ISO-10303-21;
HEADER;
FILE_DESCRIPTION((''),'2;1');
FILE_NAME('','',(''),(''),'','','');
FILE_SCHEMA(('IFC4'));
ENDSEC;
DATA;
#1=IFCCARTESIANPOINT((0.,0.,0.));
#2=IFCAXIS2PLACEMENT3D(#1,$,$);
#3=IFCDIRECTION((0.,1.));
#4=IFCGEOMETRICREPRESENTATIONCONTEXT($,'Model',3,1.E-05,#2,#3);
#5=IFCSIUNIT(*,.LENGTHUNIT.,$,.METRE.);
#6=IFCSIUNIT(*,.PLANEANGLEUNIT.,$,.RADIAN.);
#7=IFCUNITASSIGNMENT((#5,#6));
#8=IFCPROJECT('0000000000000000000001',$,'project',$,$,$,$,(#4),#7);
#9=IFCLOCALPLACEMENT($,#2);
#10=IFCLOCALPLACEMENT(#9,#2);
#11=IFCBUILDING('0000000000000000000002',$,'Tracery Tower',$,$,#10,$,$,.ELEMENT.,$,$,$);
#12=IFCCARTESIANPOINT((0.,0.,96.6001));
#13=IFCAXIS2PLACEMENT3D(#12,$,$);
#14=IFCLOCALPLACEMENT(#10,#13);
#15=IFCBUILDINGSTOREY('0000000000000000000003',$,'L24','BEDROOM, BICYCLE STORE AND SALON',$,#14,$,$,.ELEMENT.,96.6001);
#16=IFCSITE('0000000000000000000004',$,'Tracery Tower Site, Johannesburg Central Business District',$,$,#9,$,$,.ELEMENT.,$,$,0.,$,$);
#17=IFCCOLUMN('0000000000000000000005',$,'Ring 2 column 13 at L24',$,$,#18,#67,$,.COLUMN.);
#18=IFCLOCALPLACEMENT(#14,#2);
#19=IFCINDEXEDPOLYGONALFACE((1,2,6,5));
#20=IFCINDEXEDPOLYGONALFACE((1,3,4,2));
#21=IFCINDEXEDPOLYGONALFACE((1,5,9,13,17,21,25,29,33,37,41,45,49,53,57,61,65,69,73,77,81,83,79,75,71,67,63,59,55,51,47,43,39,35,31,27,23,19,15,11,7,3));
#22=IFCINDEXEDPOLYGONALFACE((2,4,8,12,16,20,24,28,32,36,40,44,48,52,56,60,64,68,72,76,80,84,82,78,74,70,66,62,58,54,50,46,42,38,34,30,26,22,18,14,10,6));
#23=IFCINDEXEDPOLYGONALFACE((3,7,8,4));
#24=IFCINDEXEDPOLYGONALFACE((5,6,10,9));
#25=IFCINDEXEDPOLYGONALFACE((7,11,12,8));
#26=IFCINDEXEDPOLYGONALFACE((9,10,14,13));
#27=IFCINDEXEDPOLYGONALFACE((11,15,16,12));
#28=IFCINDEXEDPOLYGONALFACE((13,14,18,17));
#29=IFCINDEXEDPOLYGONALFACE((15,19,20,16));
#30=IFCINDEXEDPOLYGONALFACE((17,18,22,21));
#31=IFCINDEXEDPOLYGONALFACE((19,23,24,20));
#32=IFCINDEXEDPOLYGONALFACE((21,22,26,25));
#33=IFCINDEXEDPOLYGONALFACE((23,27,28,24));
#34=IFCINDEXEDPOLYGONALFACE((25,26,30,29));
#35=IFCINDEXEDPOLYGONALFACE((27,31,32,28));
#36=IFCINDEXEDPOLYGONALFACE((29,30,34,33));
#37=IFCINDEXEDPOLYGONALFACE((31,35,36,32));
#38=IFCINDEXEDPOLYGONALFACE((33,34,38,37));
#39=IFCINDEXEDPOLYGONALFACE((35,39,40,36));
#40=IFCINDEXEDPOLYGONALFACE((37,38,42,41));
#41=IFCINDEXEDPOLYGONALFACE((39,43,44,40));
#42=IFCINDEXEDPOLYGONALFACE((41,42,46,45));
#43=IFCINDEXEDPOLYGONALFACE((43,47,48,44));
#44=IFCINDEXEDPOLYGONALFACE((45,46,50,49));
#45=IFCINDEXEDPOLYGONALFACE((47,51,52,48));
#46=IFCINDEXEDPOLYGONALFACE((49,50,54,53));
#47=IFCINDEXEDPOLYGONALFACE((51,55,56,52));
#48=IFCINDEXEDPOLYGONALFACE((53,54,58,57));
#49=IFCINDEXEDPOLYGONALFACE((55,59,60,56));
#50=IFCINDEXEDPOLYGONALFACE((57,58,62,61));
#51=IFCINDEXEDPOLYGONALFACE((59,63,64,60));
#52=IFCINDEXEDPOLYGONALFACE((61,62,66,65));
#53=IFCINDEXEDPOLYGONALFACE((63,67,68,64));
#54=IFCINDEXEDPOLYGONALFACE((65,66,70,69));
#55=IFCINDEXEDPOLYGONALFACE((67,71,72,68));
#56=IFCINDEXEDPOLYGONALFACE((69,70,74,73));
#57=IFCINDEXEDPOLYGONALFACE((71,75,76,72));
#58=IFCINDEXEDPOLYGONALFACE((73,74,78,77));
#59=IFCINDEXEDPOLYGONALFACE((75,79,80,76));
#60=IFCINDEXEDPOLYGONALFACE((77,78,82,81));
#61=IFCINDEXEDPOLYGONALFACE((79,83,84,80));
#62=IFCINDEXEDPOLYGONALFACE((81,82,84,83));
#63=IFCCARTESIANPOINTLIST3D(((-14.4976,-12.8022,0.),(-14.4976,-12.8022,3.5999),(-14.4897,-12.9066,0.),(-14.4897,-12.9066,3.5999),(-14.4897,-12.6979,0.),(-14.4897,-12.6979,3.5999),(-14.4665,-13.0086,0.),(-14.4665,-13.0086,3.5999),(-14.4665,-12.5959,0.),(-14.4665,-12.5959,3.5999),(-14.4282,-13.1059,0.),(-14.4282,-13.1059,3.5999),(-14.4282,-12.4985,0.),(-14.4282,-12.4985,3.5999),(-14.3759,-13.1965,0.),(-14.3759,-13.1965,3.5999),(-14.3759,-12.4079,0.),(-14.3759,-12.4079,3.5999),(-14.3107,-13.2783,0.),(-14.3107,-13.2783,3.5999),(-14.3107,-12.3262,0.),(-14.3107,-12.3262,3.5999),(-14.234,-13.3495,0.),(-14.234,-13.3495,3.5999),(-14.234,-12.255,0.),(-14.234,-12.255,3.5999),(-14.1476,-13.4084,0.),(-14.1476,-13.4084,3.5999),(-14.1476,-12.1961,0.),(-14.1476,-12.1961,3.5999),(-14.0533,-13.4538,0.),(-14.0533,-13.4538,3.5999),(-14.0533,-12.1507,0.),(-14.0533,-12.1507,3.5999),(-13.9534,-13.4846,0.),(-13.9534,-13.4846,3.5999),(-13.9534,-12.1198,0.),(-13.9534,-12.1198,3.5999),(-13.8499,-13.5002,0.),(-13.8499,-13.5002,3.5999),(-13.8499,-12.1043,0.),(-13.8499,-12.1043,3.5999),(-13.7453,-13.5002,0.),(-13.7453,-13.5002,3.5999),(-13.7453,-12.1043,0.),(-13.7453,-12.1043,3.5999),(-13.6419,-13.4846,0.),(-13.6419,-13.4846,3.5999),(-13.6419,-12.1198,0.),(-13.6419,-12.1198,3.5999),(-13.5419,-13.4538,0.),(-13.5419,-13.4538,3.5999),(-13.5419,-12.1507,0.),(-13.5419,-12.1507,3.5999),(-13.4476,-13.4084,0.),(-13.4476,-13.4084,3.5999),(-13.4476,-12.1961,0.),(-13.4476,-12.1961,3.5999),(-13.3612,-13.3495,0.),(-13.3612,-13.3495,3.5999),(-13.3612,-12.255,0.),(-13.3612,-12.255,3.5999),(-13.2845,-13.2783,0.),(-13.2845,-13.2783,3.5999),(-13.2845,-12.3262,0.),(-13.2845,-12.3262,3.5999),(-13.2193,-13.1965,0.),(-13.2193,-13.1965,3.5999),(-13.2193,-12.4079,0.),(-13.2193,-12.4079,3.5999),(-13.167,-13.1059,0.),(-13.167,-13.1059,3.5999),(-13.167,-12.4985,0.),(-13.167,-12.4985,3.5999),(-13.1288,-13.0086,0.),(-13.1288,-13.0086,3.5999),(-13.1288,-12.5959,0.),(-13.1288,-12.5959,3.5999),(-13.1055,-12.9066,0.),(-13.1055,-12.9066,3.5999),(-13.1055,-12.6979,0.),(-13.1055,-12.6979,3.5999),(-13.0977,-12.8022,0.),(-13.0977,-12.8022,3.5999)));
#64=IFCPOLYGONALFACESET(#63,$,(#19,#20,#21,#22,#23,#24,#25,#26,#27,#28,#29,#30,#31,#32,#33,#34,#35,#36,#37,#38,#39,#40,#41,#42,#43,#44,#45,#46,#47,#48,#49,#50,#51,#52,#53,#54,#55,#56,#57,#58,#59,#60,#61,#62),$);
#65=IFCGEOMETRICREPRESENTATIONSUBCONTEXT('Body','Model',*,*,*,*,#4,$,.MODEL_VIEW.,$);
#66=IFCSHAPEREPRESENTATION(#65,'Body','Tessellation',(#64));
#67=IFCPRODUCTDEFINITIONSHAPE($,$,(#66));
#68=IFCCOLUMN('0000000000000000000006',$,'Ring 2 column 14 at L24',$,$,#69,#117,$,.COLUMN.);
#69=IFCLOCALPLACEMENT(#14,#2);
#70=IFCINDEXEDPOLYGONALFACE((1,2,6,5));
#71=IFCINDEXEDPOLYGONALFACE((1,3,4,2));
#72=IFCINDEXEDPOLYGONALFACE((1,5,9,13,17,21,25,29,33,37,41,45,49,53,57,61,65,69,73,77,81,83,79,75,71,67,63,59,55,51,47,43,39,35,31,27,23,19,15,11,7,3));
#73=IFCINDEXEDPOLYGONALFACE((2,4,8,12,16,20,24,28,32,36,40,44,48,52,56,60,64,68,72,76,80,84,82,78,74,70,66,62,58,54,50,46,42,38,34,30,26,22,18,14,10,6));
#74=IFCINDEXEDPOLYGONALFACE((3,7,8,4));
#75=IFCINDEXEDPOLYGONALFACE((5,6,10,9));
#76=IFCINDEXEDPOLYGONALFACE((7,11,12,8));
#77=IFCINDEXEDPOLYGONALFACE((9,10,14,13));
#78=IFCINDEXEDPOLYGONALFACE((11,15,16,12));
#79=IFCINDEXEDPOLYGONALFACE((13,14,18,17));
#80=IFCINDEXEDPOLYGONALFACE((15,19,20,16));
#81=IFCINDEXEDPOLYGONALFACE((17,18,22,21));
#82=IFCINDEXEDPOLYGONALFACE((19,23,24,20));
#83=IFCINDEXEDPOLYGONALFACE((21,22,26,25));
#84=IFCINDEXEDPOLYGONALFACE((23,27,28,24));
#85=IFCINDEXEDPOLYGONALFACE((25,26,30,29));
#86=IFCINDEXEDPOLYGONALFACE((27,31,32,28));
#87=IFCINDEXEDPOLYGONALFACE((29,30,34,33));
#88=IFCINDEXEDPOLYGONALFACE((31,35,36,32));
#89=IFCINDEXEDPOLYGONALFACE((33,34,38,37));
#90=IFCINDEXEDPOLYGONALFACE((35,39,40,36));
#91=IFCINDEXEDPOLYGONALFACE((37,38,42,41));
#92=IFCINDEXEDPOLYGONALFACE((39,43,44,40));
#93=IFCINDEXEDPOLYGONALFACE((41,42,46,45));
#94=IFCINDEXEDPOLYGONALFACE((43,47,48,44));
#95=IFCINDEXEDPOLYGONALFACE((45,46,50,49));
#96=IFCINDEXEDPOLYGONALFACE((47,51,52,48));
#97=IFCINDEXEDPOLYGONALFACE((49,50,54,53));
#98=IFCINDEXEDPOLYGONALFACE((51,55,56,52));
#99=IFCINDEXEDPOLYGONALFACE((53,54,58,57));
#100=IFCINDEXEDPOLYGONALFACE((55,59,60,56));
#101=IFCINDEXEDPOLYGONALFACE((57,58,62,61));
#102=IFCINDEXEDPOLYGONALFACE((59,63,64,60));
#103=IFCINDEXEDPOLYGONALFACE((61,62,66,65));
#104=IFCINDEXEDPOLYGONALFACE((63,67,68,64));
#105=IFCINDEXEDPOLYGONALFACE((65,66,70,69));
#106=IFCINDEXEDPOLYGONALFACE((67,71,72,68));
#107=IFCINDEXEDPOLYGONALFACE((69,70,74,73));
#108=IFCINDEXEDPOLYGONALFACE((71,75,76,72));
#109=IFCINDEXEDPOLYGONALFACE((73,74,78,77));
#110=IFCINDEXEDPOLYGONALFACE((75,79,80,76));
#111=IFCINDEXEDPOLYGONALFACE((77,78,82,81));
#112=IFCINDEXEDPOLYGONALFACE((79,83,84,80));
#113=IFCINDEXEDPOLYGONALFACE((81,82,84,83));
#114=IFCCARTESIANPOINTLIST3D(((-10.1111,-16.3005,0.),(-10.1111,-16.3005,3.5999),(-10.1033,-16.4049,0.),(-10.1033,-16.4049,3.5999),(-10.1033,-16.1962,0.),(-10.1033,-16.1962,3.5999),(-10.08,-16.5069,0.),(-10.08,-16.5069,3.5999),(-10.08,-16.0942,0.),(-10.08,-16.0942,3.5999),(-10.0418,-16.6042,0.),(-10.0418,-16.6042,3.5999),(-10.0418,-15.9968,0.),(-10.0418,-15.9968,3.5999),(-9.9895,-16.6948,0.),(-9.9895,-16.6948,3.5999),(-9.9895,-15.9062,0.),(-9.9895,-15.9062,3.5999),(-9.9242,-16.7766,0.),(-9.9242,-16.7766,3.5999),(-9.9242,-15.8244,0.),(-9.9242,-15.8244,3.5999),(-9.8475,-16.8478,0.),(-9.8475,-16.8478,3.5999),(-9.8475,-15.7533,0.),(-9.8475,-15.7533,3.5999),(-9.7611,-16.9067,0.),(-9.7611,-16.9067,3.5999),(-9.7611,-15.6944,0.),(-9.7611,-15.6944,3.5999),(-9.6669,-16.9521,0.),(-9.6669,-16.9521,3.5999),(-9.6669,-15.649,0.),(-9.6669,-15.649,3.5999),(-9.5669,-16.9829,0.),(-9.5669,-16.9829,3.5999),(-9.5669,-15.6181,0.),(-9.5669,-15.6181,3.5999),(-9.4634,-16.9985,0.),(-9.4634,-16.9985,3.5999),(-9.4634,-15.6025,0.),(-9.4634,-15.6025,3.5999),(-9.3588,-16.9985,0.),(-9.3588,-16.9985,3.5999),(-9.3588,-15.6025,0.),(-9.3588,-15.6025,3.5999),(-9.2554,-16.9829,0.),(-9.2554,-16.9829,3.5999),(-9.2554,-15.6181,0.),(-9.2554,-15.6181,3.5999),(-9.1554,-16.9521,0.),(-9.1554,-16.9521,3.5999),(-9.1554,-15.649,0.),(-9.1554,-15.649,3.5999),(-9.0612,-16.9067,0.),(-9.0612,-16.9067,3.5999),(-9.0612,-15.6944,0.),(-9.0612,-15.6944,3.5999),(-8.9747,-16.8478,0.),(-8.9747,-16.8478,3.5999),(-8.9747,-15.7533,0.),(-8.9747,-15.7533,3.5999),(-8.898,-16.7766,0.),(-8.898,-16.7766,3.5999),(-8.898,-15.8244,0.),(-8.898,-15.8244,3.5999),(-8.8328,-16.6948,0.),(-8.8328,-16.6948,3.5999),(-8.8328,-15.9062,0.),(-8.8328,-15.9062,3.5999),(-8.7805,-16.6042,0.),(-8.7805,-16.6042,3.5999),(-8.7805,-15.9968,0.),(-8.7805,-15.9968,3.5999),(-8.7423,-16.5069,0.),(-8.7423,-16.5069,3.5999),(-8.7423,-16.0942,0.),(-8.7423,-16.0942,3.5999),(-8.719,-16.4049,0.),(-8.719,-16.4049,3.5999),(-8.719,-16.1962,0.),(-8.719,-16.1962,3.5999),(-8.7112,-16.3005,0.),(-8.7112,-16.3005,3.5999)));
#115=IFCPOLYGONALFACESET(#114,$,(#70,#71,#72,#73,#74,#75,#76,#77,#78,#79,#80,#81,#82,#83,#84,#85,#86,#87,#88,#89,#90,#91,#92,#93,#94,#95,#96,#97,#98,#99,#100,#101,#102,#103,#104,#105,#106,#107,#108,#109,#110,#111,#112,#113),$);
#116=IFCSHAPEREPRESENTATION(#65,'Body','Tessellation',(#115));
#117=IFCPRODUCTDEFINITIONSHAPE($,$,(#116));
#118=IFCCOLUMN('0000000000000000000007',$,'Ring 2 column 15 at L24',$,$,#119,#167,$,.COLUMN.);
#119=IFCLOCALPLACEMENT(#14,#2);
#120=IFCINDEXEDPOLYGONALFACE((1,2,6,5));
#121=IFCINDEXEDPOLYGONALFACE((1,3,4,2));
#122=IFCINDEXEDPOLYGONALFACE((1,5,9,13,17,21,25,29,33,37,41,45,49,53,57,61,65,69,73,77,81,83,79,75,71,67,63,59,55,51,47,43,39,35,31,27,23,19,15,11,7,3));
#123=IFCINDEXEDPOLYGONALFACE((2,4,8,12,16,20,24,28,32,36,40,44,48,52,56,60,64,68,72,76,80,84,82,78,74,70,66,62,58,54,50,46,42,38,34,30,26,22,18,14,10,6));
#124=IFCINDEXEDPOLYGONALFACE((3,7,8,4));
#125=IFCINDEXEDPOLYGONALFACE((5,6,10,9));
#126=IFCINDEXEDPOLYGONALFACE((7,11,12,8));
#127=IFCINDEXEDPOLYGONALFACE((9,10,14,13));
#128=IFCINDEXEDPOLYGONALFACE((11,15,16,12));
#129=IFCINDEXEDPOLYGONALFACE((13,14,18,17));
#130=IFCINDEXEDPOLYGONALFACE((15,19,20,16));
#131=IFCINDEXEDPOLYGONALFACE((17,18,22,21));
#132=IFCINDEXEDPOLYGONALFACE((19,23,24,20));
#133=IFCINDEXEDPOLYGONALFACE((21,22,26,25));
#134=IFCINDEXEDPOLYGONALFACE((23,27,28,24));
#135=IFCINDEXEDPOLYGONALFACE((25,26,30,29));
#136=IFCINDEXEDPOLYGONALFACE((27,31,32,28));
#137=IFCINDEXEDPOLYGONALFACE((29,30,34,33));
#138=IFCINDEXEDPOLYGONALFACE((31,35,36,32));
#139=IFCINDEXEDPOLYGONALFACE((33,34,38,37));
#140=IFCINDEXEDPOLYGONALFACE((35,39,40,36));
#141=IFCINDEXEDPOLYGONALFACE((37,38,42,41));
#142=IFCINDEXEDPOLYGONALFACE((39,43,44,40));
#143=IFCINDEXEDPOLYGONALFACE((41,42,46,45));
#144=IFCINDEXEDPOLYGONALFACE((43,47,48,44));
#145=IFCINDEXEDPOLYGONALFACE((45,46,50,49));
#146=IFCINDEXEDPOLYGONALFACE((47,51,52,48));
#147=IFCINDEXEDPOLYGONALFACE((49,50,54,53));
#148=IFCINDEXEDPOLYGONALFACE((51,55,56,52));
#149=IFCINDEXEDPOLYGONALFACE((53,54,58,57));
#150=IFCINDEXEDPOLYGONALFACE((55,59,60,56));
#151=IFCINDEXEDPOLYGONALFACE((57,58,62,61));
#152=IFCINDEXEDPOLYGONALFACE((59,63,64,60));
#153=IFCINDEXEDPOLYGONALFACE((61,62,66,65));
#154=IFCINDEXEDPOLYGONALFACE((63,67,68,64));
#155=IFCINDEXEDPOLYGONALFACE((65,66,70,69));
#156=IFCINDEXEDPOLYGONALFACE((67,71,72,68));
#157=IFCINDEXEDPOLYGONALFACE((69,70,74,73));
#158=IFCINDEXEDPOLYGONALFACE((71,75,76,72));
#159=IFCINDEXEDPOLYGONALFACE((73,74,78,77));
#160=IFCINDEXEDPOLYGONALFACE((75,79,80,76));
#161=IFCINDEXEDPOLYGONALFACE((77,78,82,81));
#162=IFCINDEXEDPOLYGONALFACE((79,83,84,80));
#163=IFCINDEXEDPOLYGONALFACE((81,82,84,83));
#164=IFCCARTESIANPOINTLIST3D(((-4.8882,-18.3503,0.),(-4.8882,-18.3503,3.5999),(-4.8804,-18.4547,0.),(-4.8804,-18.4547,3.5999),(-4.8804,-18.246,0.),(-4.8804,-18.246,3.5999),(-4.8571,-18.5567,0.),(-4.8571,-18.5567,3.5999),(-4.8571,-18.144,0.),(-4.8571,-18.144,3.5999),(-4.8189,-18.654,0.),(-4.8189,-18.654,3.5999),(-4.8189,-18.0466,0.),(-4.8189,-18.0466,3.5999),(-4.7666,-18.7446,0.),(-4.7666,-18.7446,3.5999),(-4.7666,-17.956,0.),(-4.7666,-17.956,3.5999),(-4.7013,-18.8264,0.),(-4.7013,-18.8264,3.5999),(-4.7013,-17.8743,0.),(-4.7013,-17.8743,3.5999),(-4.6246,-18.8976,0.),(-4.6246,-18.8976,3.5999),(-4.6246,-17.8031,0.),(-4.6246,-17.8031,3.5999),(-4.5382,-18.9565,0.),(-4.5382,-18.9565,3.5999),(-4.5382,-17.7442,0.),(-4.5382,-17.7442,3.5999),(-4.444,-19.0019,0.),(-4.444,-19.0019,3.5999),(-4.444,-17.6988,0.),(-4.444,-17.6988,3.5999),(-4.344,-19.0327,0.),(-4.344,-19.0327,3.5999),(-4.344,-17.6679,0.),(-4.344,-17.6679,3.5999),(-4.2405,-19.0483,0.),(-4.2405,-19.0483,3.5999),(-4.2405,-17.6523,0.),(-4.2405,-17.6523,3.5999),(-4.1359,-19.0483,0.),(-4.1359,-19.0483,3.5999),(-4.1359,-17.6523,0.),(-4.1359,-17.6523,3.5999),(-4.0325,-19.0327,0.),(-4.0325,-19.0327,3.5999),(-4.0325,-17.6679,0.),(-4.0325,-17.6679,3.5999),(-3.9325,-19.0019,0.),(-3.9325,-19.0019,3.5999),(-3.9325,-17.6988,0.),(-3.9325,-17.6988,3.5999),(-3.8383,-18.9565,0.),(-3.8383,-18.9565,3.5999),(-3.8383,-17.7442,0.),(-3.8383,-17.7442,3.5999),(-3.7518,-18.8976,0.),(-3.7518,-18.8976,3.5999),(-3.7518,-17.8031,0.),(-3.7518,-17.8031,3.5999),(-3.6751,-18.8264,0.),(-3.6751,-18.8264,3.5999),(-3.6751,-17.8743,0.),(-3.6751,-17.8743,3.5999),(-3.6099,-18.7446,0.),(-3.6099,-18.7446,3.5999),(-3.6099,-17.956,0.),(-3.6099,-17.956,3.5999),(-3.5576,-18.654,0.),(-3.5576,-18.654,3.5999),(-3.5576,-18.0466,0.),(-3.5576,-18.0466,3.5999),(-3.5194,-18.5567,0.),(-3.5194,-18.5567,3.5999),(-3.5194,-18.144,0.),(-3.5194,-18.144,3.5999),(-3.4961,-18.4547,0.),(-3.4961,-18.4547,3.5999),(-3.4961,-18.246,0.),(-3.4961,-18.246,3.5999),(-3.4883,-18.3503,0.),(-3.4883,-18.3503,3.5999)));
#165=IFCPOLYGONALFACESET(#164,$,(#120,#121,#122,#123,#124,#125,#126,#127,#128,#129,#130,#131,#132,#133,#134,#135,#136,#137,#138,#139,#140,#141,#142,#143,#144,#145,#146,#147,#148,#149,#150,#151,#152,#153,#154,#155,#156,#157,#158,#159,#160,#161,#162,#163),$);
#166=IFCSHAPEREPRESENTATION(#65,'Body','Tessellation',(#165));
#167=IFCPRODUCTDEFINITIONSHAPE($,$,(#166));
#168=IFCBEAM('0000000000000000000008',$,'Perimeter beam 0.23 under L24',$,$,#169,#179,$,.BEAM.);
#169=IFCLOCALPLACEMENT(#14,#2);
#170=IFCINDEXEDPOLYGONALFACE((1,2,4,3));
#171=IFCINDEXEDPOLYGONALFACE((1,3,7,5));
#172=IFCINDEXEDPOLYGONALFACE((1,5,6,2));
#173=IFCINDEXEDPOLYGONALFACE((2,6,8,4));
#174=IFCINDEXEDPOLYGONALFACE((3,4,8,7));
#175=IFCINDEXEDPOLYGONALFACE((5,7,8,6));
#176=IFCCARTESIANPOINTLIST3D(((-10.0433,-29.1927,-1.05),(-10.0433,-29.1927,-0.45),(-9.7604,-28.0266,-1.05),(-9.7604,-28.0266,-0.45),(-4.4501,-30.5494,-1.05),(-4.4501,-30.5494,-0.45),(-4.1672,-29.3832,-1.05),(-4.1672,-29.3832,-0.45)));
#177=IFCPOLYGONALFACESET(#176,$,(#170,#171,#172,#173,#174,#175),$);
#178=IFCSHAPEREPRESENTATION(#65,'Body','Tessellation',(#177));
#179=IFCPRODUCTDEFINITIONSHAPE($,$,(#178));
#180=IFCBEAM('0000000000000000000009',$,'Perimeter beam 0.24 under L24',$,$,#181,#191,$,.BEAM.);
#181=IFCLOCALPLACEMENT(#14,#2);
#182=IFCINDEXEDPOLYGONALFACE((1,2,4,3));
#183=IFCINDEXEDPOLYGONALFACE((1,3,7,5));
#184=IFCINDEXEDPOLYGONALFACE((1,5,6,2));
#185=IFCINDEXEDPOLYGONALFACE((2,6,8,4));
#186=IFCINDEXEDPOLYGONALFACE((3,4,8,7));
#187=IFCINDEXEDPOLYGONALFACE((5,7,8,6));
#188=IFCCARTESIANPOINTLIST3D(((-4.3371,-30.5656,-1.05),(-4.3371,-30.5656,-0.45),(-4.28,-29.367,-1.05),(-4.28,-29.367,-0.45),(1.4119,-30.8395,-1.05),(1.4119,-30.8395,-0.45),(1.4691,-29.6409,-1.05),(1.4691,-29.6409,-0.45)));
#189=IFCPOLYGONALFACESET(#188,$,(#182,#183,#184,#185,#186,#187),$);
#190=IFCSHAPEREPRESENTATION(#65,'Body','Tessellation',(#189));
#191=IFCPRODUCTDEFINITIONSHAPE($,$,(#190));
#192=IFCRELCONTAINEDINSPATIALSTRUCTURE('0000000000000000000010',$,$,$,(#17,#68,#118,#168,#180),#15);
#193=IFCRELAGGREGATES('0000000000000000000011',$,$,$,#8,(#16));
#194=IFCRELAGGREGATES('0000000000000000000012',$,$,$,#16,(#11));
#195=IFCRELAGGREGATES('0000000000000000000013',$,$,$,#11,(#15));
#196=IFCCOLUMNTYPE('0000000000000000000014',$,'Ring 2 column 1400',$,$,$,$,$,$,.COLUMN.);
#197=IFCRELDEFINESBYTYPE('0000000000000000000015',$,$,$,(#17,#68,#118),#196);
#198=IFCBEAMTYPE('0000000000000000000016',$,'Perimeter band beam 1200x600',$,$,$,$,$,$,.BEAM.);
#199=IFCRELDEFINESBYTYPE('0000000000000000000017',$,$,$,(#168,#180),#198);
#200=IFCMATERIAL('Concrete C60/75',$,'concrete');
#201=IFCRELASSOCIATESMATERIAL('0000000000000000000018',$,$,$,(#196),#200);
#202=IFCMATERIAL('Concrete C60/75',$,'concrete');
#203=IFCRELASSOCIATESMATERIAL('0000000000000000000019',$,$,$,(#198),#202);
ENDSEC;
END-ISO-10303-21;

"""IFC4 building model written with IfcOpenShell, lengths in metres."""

from ifc_helpers import new_model, si_unit, direction, frame, origin, origin_2d, place, context, subcontext, project, spatial, rectangle, circle, extrude, material, material_profile, profile_set, type_object, element, save


model = new_model("IFC4")

# Units and contexts
model_context = context("Model", 3, precision=1e-05, world=origin(), true_north=direction((0.0, 1.0)))
body_context = subcontext(model_context, "Body", "Model", "MODEL_VIEW")
ifc_project = project(units=[si_unit("LENGTHUNIT", "METRE"), si_unit("PLANEANGLEUNIT", "RADIAN")], contexts=[model_context])

# Site, building, storey
site_placement = place(None, origin())
site = spatial("IfcSite", under=ifc_project, at=site_placement, Name="Tracery Tower Site, Johannesburg Central Business District", CompositionType="ELEMENT", RefElevation=0.0)
building_placement = place(site_placement, origin())
building = spatial("IfcBuilding", under=site, at=building_placement, Name="Tracery Tower", CompositionType="ELEMENT")
storey_placement = place(building_placement, frame((0.0, 0.0, 96.6001)))
storey = spatial("IfcBuildingStorey", under=building, at=storey_placement, Name="L24", Description="BEDROOM, BICYCLE STORE AND SALON", CompositionType="ELEMENT", Elevation=96.6001)

# Columns
ifc_material_1 = material(Name="Concrete C60/75", Category="concrete")
ifc_material_profile_1 = material_profile(ifc_material_1, circle(Radius=0.7, at=origin_2d()), Name="RC D1400")
ifc_profile_set_1 = profile_set([ifc_material_profile_1], Name="Concrete C60/75")
column_type_1 = type_object("IfcColumnType", Name="Ring 2 column 1400", PredefinedType="COLUMN", material=ifc_profile_set_1)
for number, where, z_axis, x_axis, name in (
    (1, (-13.7976, -12.8022, 0.0), (0.0, 0.0, 1.0), (1.0, 0.0, 0.0), "Ring 2 column 13 at L24"),
    (2, (-9.4111, -16.3005, 0.0), (0.0, 0.0, 1.0), (1.0, 0.0, 0.0), "Ring 2 column 14 at L24"),
    (3, (-4.1882, -18.3503, 0.0), (0.0, 0.0, 1.0), (1.0, 0.0, 0.0), "Ring 2 column 15 at L24"),
):
    element("IfcColumn", number, at=place(storey_placement, frame(where, z_axis=z_axis, x_axis=x_axis)), inside=storey, type_object=column_type_1, Name=name, PredefinedType="COLUMN", context=body_context, shape_type="SweptSolid", body=[
        extrude(circle(Radius=0.7, at=origin_2d()), origin(), (0.0, 0.0, 1.0), 3.5999),
    ])

# Beams
ifc_material_2 = material(Name="Concrete C60/75", Category="concrete")
ifc_material_profile_2 = material_profile(ifc_material_2, rectangle(XDim=1.2, YDim=0.6001, at=origin_2d()), Name="RC 1200x600")
ifc_profile_set_2 = profile_set([ifc_material_profile_2], Name="Concrete C60/75")
beam_type = type_object("IfcBeamType", Name="Perimeter band beam 1200x600", PredefinedType="BEAM", material=ifc_profile_set_2)
beam_1_placement = place(storey_placement, frame((-9.9019, -28.6096, -0.75), z_axis=(0.97182, -0.235723, 0.0), x_axis=(0.235723, 0.97182, 0.0)))
element("IfcBeam", 4, at=beam_1_placement, inside=storey, type_object=beam_type, Name="Perimeter beam 0.23 under L24", PredefinedType="BEAM", context=body_context, shape_type="SweptSolid", body=[
    extrude(rectangle(XDim=1.2, YDim=0.6001, at=origin_2d()), origin(), (0.0, 0.0, 1.0), 5.7554),
])
beam_2_placement = place(storey_placement, frame((-4.3086, -29.9663, -0.75), z_axis=(0.998867, -0.047593, 0.0), x_axis=(0.047593, 0.998867, 0.0)))
element("IfcBeam", 5, at=beam_2_placement, inside=storey, type_object=beam_type, Name="Perimeter beam 0.24 under L24", PredefinedType="BEAM", context=body_context, shape_type="SweptSolid", body=[
    extrude(rectangle(XDim=1.2, YDim=0.6001, at=origin_2d()), origin(), (0.0, 0.0, 1.0), 5.7556),
])

save(model, "model.ifc")
